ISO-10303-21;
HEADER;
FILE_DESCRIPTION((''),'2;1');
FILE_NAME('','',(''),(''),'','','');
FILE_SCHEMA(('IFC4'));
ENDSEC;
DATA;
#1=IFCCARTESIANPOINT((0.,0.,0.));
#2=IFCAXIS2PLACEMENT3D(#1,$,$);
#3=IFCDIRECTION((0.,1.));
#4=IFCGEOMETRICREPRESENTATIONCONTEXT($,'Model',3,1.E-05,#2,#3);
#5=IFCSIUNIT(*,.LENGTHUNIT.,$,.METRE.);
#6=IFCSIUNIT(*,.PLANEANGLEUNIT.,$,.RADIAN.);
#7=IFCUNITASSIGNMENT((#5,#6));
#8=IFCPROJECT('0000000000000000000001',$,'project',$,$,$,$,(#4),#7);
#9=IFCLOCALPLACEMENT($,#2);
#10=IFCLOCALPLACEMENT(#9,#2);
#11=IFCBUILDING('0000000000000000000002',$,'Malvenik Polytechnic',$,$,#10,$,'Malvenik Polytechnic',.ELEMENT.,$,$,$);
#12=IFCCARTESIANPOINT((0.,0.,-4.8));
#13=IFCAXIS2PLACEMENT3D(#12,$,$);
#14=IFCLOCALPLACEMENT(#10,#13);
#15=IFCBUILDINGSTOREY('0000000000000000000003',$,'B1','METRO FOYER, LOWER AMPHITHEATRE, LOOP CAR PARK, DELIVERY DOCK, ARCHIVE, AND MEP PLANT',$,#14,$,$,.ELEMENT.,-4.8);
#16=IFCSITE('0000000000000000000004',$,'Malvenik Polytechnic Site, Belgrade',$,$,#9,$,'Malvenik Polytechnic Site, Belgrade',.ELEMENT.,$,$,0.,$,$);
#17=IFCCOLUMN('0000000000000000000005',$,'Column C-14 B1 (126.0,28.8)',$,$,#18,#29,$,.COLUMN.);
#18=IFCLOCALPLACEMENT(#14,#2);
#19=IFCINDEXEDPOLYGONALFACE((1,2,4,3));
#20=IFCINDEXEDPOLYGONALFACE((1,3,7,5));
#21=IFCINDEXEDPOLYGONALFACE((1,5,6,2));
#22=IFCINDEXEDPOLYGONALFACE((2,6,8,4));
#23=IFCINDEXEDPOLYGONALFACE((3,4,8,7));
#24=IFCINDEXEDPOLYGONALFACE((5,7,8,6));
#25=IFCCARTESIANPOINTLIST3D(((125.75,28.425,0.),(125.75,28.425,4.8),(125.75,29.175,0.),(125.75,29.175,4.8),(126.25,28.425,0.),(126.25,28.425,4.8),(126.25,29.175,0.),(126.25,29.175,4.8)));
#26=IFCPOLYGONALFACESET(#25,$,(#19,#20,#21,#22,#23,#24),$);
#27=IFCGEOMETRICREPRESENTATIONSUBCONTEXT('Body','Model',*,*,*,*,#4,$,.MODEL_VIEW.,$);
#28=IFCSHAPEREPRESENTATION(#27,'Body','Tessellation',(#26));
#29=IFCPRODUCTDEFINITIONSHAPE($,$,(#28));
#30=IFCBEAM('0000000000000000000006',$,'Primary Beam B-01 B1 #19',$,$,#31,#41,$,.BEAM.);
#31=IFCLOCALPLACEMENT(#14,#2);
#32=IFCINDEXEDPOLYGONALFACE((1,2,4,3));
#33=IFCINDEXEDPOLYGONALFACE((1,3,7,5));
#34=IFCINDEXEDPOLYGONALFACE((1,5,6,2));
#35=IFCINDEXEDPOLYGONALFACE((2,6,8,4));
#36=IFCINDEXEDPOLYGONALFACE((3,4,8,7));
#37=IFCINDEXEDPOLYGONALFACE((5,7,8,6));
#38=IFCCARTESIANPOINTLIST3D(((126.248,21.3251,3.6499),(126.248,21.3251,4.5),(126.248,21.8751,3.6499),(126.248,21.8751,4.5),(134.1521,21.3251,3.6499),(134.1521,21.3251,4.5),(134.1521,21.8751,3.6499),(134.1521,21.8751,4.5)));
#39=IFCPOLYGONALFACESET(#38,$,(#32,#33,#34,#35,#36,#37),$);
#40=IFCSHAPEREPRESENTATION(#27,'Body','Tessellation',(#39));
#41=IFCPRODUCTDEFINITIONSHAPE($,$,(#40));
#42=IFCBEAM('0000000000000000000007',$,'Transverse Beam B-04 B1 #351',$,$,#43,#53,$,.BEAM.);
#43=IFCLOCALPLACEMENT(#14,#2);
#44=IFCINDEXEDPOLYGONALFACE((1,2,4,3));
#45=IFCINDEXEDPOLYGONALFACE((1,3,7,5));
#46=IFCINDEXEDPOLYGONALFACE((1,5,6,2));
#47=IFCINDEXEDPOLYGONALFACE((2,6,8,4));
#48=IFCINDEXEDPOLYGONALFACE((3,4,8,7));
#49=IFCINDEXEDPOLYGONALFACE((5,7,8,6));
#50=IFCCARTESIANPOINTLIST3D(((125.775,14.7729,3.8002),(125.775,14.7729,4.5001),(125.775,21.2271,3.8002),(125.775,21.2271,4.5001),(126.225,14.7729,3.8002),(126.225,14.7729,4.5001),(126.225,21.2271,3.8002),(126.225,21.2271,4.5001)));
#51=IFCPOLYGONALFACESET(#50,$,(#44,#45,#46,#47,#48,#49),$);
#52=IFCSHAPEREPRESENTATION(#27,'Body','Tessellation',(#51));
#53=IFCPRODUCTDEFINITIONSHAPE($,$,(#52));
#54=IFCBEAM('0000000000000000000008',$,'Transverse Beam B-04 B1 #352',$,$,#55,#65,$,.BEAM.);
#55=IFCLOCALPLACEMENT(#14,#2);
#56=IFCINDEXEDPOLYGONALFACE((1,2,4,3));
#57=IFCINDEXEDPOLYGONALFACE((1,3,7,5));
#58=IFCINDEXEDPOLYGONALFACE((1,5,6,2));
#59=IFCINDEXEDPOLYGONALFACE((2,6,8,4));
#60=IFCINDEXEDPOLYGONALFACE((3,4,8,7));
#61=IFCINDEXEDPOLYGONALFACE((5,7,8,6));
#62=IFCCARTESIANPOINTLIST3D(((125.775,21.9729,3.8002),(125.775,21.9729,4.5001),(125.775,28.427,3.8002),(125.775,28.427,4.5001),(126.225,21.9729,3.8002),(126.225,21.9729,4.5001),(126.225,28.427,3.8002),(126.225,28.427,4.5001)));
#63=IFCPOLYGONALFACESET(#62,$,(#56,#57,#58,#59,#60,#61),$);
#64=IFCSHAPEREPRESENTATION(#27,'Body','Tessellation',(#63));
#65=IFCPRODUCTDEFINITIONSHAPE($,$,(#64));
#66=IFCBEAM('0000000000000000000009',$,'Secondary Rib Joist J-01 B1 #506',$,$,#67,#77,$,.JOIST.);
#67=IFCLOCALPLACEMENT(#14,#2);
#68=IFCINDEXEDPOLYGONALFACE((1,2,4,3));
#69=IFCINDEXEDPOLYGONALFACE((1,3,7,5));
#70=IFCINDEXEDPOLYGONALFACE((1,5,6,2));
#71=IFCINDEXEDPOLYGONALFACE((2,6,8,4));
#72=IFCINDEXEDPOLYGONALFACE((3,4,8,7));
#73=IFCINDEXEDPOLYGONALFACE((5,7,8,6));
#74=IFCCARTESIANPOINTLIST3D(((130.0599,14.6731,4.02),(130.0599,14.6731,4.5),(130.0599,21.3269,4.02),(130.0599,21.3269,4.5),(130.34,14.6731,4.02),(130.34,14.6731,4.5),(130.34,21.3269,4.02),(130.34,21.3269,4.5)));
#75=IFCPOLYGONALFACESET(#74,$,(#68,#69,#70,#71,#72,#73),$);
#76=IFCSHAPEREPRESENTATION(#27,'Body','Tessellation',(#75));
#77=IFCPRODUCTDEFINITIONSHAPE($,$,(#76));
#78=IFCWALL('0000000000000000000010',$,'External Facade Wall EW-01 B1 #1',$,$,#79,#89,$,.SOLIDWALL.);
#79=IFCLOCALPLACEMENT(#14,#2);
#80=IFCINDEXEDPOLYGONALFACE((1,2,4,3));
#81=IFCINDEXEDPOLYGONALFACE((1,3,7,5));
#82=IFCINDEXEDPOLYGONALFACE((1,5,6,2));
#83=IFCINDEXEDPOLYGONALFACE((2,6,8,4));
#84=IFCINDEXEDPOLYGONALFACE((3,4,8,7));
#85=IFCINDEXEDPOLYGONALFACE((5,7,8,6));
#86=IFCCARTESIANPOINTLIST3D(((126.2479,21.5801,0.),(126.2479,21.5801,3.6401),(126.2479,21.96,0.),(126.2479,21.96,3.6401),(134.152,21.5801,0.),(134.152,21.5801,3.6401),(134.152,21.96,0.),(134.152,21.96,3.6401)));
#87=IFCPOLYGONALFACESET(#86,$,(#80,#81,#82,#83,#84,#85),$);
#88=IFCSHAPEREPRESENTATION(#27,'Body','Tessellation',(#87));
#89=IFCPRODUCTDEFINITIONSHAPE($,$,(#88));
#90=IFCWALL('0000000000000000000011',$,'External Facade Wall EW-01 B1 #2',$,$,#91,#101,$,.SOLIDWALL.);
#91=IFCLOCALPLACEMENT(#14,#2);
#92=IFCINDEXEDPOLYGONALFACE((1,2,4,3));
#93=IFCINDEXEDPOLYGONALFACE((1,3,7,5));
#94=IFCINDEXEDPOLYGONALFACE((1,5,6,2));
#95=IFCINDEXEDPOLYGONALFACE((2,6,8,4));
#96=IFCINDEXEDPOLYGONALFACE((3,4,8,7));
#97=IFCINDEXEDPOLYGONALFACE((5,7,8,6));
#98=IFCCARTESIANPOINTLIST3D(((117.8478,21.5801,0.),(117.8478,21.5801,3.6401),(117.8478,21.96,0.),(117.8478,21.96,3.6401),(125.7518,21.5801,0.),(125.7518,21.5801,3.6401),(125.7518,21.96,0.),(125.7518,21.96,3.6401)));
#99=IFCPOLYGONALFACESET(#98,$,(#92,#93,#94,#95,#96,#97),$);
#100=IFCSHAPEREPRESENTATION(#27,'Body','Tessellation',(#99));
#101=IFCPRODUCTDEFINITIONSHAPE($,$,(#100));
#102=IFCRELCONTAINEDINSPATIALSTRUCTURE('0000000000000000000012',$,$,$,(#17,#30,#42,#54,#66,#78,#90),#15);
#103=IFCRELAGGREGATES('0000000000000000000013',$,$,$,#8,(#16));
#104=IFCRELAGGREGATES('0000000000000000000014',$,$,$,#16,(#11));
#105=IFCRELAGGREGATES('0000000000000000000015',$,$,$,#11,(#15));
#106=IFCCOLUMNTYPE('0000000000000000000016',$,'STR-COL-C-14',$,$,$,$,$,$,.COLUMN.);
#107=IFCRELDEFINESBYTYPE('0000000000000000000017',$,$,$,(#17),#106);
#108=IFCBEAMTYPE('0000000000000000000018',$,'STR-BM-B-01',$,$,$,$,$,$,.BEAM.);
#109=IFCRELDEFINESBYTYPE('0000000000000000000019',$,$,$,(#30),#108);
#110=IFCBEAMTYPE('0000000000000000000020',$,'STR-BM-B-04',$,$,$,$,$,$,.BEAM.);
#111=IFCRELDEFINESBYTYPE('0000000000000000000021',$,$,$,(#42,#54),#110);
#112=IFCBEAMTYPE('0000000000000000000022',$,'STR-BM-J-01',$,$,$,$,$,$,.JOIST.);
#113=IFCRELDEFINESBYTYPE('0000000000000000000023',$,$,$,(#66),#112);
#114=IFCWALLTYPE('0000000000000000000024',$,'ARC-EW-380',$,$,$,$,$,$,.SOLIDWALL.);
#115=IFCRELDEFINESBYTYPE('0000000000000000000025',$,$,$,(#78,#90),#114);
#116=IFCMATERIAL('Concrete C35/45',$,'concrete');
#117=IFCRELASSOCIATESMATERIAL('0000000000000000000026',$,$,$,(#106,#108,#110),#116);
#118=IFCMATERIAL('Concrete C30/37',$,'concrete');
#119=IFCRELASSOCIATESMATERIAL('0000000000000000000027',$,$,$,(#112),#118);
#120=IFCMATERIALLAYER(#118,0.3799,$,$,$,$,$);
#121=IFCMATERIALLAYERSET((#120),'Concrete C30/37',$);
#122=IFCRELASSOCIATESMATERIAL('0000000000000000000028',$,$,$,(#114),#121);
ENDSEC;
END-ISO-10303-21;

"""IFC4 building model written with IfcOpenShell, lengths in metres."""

from ifc_helpers import new_model, si_unit, direction, frame, frame_2d, origin, origin_2d, place, context, subcontext, project, spatial, rectangle, extrude, material, layer, layer_set, material_profile, profile_set, type_object, element, save


model = new_model("IFC4")

# Units and contexts
model_context = context("Model", 3, precision=1e-05, world=origin(), true_north=direction((0.0, 1.0)))
body_context = subcontext(model_context, "Body", "Model", "MODEL_VIEW")
ifc_project = project(units=[si_unit("LENGTHUNIT", "METRE"), si_unit("PLANEANGLEUNIT", "RADIAN")], contexts=[model_context])

# Site, building, storey
site_placement = place(None, origin())
site = spatial("IfcSite", under=ifc_project, at=site_placement, Name="Malvenik Polytechnic Site, Belgrade", LongName="Malvenik Polytechnic Site, Belgrade", CompositionType="ELEMENT", RefElevation=0.0)
building_placement = place(site_placement, origin())
building = spatial("IfcBuilding", under=site, at=building_placement, Name="Malvenik Polytechnic", LongName="Malvenik Polytechnic", CompositionType="ELEMENT")
storey_placement = place(building_placement, frame((0.0, 0.0, -4.8)))
storey = spatial("IfcBuildingStorey", under=building, at=storey_placement, Name="B1", Description="METRO FOYER, LOWER AMPHITHEATRE, LOOP CAR PARK, DELIVERY DOCK, ARCHIVE, AND MEP PLANT", CompositionType="ELEMENT", Elevation=-4.8)

# Shared definitions
ifc_material_1 = material(Name="Concrete C35/45", Category="concrete")

# Column
ifc_material_profile_1 = material_profile(ifc_material_1, rectangle(XDim=0.5, YDim=0.75, at=origin_2d()), Name="RC COL 750x500")
ifc_profile_set_1 = profile_set([ifc_material_profile_1], Name="Concrete C35/45")
column_type_1 = type_object("IfcColumnType", Name="STR-COL-C-14", PredefinedType="COLUMN", material=ifc_profile_set_1)
for number, where, z_axis, x_axis, name in (
    (1, (126.0, 28.8, 0.0), (0.0, 0.0, 1.0), (1.0, 0.0, 0.0), "Column C-14 B1 (126.0,28.8)"),
):
    element("IfcColumn", number, at=place(storey_placement, frame(where, z_axis=z_axis, x_axis=x_axis)), inside=storey, type_object=column_type_1, Name=name, PredefinedType="COLUMN", context=body_context, shape_type="SweptSolid", body=[
        extrude(rectangle(XDim=0.5, YDim=0.75, at=origin_2d()), origin(), (0.0, 0.0, 1.0), 4.8),
    ])

# Beams
ifc_material_profile_2 = material_profile(ifc_material_1, rectangle(XDim=0.55, YDim=0.8501, at=origin_2d()), Name="RC BM 550x850")
ifc_profile_set_2 = profile_set([ifc_material_profile_2], Name="Concrete C35/45")
beam_type_1 = type_object("IfcBeamType", Name="STR-BM-B-01", PredefinedType="BEAM", material=ifc_profile_set_2)
beam_1_placement = place(storey_placement, frame((126.248, 21.6001, 4.075), z_axis=(1.0, 0.0, 0.0), x_axis=(0.0, 1.0, 0.0)))
element("IfcBeam", 2, at=beam_1_placement, inside=storey, type_object=beam_type_1, Name="Primary Beam B-01 B1 #19", PredefinedType="BEAM", context=body_context, shape_type="SweptSolid", body=[
    extrude(rectangle(XDim=0.55, YDim=0.8501, at=origin_2d()), origin(), (0.0, 0.0, 1.0), 7.9041),
])
ifc_material_profile_3 = material_profile(ifc_material_1, rectangle(XDim=0.45, YDim=0.7, at=origin_2d()), Name="RC BM 450x700")
ifc_profile_set_3 = profile_set([ifc_material_profile_3], Name="Concrete C35/45")
beam_type_2 = type_object("IfcBeamType", Name="STR-BM-B-04", PredefinedType="BEAM", material=ifc_profile_set_3)
for number, where, z_axis, x_axis, name in (
    (3, (126.0, 14.7729, 4.1501), (0.0, 1.0, 0.0), (-1.0, 0.0, 0.0), "Transverse Beam B-04 B1 #351"),
    (4, (126.0, 21.9729, 4.1501), (0.0, 1.0, 0.0), (-1.0, 0.0, 0.0), "Transverse Beam B-04 B1 #352"),
):
    element("IfcBeam", number, at=place(storey_placement, frame(where, z_axis=z_axis, x_axis=x_axis)), inside=storey, type_object=beam_type_2, Name=name, PredefinedType="BEAM", context=body_context, shape_type="SweptSolid", body=[
        extrude(rectangle(XDim=0.45, YDim=0.7, at=origin_2d()), origin(), (0.0, 0.0, 1.0), 6.4541),
    ])
ifc_material_2 = material(Name="Concrete C30/37", Category="concrete")
ifc_material_profile_4 = material_profile(ifc_material_2, rectangle(XDim=0.28, YDim=0.48, at=origin_2d()), Name="RC JST 280x480")
ifc_profile_set_4 = profile_set([ifc_material_profile_4], Name="Concrete C30/37")
beam_type_3 = type_object("IfcBeamType", Name="STR-BM-J-01", PredefinedType="JOIST", material=ifc_profile_set_4)
beam_2_placement = place(storey_placement, frame((130.2, 14.6731, 4.26), z_axis=(0.0, 1.0, 0.0), x_axis=(-1.0, 0.0, 0.0)))
element("IfcBeam", 5, at=beam_2_placement, inside=storey, type_object=beam_type_3, Name="Secondary Rib Joist J-01 B1 #506", PredefinedType="JOIST", context=body_context, shape_type="SweptSolid", body=[
    extrude(rectangle(XDim=0.28, YDim=0.48, at=origin_2d()), origin(), (0.0, 0.0, 1.0), 6.6538),
])

# Walls
ifc_layer_1 = layer(ifc_material_2, 0.3799)
ifc_layer_set_1 = layer_set([ifc_layer_1], Name="Concrete C30/37")
wall_type = type_object("IfcWallType", Name="ARC-EW-380", PredefinedType="SOLIDWALL", material=ifc_layer_set_1)
for number, where, z_axis, x_axis, name in (
    (6, (134.1521, 21.77, 0.0), (0.0, 0.0, 1.0), (-1.0, 0.0, 0.0), "External Facade Wall EW-01 B1 #1"),
    (7, (125.752, 21.77, 0.0), (0.0, 0.0, 1.0), (-1.0, 0.0, 0.0), "External Facade Wall EW-01 B1 #2"),
):
    element("IfcWall", number, at=place(storey_placement, frame(where, z_axis=z_axis, x_axis=x_axis)), inside=storey, type_object=wall_type, Name=name, PredefinedType="SOLIDWALL", context=body_context, shape_type="SweptSolid", body=[
        extrude(rectangle(XDim=7.9041, YDim=0.3799, at=frame_2d((3.9521, 0.0))), origin(), (0.0, 0.0, 1.0), 3.6401),
    ])

save(model, "model.ifc")
